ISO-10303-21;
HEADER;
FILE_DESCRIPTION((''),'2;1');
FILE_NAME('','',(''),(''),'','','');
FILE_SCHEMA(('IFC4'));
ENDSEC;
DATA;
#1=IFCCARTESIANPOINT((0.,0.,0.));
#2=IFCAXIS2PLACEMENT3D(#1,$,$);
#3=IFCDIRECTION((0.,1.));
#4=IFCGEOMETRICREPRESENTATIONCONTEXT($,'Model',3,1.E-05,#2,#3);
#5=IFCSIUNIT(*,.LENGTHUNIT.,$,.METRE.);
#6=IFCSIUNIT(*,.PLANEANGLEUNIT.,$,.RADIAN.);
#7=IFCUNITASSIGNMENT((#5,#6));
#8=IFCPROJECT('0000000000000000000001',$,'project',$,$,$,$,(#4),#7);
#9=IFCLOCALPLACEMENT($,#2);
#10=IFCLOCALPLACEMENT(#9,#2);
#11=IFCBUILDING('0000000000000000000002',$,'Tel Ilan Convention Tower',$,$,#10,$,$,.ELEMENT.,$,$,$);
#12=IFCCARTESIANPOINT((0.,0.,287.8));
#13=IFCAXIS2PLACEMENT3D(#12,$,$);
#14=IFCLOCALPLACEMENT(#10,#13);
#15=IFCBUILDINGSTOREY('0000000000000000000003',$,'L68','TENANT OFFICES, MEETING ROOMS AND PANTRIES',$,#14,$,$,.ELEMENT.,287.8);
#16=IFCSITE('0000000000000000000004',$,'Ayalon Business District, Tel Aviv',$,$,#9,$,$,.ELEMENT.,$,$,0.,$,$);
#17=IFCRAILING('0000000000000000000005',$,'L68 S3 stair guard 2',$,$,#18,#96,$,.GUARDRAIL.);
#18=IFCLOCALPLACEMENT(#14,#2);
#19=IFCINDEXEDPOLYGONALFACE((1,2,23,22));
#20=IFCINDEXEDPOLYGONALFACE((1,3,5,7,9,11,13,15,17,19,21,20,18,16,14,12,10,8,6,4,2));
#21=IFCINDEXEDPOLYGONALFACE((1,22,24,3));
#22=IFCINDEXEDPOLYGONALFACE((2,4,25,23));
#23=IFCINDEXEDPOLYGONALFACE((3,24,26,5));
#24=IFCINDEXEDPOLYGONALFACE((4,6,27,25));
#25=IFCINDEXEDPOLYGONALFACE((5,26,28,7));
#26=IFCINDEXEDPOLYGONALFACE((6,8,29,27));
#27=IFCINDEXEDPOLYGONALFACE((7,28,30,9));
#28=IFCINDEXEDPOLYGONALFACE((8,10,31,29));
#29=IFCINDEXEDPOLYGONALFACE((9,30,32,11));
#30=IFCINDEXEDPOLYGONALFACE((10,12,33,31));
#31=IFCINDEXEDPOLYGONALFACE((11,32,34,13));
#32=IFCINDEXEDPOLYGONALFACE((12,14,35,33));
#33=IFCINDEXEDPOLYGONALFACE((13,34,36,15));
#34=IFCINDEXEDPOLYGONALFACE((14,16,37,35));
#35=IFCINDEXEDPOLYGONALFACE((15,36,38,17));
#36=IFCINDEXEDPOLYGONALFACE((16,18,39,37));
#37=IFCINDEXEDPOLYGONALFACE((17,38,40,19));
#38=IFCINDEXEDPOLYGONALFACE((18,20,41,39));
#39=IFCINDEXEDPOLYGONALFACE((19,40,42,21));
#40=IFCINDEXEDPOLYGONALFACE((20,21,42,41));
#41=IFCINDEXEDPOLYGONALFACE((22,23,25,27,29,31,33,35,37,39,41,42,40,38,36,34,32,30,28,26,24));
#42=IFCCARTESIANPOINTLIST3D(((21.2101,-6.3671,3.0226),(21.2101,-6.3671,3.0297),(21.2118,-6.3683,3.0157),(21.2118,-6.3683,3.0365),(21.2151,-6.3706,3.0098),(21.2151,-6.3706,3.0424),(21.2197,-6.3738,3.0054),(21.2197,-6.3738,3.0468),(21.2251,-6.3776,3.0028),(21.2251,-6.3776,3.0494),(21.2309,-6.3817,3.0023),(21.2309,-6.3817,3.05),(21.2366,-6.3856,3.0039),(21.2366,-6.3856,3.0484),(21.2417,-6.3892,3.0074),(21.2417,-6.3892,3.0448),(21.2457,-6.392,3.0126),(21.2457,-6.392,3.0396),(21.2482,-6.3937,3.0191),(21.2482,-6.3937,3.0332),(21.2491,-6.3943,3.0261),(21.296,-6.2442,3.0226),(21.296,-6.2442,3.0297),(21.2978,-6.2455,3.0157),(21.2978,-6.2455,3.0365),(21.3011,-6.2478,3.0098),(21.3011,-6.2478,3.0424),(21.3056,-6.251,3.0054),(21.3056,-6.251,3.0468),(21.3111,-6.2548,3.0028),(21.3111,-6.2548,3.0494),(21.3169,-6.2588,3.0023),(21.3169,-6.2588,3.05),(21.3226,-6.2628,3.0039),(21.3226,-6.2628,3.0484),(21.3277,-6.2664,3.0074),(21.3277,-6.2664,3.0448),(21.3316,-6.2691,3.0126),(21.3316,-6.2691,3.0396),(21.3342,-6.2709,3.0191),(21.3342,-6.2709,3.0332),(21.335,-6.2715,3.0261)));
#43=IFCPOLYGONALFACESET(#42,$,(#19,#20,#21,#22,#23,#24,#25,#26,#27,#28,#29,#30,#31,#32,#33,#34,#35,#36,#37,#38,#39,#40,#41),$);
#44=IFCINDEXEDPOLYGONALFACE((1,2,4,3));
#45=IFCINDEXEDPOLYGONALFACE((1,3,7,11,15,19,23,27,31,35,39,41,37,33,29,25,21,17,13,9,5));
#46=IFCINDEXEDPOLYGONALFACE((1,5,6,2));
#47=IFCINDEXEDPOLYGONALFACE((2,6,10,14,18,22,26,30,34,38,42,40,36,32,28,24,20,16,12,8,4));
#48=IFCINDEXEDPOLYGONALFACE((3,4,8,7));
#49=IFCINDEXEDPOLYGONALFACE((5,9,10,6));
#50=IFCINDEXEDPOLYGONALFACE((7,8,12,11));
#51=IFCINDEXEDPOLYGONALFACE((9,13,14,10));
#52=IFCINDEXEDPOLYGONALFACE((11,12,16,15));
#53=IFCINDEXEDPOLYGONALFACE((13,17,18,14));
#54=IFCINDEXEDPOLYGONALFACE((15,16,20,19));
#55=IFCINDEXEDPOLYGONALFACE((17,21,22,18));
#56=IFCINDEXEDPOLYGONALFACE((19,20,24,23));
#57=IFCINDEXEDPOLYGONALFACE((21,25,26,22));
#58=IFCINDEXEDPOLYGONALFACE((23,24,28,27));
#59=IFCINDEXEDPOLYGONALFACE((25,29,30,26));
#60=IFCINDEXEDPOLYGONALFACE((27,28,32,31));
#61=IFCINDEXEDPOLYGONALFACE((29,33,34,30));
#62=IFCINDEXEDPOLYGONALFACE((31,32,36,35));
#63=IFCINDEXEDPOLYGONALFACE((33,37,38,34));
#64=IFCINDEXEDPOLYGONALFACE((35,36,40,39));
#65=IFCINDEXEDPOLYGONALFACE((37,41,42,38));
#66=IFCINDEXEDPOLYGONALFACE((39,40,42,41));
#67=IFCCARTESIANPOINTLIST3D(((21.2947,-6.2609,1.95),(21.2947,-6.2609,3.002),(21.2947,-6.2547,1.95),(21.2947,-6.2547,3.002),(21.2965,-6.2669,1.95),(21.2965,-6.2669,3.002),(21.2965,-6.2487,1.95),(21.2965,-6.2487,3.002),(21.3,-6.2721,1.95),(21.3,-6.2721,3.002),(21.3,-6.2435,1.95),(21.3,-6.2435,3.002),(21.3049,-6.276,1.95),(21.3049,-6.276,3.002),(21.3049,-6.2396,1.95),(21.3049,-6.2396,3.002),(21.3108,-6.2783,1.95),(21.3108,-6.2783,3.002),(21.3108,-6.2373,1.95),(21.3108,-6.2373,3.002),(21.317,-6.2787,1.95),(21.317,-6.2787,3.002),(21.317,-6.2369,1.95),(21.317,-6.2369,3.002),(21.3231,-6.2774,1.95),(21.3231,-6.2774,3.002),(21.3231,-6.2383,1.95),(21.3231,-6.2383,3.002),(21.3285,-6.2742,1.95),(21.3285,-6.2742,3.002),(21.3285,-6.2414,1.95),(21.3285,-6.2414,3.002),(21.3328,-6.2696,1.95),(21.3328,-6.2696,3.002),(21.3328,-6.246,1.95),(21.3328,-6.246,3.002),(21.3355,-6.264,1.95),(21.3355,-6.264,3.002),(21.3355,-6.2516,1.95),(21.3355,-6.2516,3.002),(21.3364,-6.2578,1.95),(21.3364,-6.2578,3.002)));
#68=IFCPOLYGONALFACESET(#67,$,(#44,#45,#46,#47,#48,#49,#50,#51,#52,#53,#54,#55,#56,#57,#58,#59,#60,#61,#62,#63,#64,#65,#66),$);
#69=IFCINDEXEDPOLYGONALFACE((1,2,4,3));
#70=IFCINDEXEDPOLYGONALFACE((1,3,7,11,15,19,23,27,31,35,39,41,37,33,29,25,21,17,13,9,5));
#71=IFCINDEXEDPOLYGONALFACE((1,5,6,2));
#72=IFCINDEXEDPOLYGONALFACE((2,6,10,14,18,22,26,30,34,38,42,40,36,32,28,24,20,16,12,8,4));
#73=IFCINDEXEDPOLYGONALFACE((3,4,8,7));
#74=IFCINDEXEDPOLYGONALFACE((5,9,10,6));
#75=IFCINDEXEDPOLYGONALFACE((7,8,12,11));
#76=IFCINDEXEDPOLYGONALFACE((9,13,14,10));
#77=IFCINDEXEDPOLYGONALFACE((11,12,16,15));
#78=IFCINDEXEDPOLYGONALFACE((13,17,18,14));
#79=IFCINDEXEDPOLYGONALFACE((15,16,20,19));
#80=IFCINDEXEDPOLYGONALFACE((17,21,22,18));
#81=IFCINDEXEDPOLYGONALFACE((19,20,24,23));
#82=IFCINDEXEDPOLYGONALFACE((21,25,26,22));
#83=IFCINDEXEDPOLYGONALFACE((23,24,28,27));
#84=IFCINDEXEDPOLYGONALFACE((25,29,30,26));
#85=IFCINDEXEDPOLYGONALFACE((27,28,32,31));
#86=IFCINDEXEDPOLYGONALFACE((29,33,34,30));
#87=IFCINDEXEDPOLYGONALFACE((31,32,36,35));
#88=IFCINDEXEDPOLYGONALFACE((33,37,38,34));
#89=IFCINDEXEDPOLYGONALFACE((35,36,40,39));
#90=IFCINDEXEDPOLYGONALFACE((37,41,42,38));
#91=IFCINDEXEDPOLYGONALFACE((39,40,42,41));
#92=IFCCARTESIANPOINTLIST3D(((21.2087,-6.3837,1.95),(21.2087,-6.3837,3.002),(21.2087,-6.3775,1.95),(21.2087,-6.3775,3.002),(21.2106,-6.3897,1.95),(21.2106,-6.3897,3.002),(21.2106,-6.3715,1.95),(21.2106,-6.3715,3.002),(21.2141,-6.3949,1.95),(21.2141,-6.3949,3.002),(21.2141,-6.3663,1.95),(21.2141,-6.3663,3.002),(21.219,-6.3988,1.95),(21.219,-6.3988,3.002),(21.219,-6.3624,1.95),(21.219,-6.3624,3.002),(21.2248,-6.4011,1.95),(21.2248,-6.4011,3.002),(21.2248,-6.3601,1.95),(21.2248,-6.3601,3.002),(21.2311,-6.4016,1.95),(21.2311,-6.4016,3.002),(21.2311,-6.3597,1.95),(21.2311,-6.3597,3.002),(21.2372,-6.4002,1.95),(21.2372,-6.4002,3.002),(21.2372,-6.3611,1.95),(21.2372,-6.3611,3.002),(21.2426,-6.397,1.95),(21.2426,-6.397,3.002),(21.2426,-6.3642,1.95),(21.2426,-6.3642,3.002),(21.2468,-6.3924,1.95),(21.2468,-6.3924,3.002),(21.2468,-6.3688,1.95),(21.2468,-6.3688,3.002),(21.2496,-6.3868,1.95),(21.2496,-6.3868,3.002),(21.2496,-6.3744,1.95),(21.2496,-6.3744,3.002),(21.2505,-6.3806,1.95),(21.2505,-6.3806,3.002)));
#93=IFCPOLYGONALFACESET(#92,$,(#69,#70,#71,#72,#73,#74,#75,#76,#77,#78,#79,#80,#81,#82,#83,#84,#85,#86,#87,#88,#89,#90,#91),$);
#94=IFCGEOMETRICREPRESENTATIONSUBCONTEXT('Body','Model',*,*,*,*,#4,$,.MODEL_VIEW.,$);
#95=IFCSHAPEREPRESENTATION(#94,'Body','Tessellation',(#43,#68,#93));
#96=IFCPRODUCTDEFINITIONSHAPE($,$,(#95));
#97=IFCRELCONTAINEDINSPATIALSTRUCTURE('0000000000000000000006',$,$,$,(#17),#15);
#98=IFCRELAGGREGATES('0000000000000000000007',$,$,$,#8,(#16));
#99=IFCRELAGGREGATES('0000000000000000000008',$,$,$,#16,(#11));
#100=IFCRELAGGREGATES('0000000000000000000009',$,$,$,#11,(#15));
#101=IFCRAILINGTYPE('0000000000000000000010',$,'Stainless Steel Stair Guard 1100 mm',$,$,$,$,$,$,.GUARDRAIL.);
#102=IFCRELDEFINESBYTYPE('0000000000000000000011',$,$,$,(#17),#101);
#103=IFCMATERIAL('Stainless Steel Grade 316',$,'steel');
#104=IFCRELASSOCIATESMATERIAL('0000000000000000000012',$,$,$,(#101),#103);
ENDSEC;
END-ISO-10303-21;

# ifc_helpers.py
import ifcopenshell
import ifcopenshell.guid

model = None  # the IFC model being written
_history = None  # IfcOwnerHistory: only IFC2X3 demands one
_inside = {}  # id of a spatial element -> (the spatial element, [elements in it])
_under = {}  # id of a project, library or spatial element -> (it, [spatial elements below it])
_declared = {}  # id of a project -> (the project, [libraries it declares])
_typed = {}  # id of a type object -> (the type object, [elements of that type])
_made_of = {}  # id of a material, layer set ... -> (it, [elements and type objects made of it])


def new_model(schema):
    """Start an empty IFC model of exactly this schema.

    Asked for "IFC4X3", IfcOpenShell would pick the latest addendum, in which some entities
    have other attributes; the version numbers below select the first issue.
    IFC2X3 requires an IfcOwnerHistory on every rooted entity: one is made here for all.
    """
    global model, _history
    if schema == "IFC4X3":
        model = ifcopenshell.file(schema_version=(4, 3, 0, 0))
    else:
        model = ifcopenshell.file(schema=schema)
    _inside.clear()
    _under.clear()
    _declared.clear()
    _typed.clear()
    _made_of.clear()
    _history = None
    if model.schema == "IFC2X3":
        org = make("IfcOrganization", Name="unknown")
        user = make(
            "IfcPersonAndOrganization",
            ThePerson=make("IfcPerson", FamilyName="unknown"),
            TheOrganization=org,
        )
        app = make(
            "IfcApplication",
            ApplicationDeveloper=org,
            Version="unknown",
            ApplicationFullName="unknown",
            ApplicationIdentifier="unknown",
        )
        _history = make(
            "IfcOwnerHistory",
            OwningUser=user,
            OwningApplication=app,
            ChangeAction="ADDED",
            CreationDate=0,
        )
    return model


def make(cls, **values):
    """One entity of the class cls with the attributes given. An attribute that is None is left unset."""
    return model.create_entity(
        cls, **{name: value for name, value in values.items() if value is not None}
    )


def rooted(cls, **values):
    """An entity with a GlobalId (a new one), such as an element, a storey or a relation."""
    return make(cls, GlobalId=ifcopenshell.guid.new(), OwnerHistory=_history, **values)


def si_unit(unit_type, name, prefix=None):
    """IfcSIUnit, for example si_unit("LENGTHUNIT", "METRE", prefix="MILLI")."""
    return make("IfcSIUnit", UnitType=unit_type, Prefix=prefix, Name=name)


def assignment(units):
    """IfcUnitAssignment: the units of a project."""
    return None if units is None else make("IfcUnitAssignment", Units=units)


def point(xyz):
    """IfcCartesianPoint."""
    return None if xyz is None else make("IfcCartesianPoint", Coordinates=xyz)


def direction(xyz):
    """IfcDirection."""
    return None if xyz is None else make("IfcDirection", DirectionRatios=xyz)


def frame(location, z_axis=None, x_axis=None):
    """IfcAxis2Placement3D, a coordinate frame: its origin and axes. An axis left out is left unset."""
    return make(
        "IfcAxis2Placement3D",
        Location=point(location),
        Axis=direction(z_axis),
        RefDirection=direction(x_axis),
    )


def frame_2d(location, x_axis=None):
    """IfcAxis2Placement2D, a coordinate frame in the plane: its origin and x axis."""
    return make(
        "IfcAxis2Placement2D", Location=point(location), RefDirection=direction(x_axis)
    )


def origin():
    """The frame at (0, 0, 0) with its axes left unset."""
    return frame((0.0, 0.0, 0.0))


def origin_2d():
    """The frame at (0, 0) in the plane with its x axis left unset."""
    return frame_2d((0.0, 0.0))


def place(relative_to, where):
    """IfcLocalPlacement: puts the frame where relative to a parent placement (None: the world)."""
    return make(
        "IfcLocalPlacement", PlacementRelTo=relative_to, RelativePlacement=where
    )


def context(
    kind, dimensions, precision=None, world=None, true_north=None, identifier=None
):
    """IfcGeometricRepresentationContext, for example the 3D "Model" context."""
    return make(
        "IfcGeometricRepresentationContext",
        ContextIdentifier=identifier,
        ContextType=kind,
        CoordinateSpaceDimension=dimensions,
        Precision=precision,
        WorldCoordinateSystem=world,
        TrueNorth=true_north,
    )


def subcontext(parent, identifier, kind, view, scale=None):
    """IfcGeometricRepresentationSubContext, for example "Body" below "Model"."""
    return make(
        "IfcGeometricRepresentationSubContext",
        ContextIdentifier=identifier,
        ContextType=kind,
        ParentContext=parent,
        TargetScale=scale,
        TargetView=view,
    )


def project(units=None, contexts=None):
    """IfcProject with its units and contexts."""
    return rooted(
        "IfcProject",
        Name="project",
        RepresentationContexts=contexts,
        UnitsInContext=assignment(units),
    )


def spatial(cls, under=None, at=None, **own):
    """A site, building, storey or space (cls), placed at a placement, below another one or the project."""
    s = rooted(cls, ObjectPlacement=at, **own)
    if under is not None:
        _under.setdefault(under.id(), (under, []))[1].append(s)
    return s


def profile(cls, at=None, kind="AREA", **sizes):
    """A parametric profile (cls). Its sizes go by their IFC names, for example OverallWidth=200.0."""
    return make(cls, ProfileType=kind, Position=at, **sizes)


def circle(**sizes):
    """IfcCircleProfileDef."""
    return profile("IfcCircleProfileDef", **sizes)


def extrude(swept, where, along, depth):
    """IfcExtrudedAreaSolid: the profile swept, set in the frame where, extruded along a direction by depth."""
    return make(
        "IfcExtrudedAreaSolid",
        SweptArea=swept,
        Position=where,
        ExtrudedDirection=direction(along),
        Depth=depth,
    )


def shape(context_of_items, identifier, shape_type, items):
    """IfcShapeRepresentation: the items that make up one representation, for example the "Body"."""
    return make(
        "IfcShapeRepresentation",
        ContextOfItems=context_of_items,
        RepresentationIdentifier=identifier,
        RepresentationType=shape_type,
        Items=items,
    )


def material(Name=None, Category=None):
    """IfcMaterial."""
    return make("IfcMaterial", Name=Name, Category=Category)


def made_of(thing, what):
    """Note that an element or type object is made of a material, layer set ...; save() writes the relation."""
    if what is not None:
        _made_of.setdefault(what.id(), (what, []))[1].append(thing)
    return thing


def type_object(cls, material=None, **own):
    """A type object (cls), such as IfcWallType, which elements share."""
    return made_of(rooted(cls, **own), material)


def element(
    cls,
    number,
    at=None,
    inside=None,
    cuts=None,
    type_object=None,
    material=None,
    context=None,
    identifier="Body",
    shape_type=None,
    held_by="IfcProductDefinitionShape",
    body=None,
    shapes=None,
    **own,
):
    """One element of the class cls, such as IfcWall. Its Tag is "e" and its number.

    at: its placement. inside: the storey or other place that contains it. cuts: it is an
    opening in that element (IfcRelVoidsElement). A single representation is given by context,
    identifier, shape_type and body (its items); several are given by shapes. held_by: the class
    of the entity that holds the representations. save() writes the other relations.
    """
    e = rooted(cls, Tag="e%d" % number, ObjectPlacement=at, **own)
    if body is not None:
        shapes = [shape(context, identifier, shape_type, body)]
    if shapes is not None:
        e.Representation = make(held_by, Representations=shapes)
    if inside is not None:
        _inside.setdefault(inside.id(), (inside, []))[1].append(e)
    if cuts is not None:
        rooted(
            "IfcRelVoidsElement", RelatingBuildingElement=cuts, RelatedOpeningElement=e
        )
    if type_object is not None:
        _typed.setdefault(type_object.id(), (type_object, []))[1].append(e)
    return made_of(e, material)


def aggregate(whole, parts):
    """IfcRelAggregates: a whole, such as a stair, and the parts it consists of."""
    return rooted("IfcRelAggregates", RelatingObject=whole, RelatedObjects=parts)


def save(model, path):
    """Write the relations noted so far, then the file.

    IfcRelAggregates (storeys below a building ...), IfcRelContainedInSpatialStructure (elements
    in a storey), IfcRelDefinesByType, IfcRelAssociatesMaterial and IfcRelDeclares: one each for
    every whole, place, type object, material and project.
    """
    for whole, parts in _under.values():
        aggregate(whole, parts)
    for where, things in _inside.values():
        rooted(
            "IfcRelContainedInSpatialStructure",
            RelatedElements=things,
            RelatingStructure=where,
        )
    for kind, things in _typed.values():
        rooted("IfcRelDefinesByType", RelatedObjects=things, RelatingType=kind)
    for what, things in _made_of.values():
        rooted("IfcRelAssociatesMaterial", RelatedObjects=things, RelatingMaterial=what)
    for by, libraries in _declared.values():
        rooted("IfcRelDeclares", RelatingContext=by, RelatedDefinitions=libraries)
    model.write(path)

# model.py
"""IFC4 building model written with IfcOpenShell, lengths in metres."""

from ifc_helpers import new_model, si_unit, direction, frame, origin, origin_2d, place, context, subcontext, project, spatial, circle, extrude, material, type_object, element, save


model = new_model("IFC4")

# Units and contexts
model_context = context("Model", 3, precision=1e-05, world=origin(), true_north=direction((0.0, 1.0)))
body_context = subcontext(model_context, "Body", "Model", "MODEL_VIEW")
ifc_project = project(units=[si_unit("LENGTHUNIT", "METRE"), si_unit("PLANEANGLEUNIT", "RADIAN")], contexts=[model_context])

# Site, building, storey
site_placement = place(None, origin())
site = spatial("IfcSite", under=ifc_project, at=site_placement, Name="Ayalon Business District, Tel Aviv", CompositionType="ELEMENT", RefElevation=0.0)
building_placement = place(site_placement, origin())
building = spatial("IfcBuilding", under=site, at=building_placement, Name="Tel Ilan Convention Tower", CompositionType="ELEMENT")
storey_placement = place(building_placement, frame((0.0, 0.0, 287.8)))
storey = spatial("IfcBuildingStorey", under=building, at=storey_placement, Name="L68", Description="TENANT OFFICES, MEETING ROOMS AND PANTRIES", CompositionType="ELEMENT", Elevation=287.8)

# Railing
ifc_material_1 = material(Name="Stainless Steel Grade 316", Category="steel")
railing_type_1 = type_object("IfcRailingType", Name="Stainless Steel Stair Guard 1100 mm", PredefinedType="GUARDRAIL", material=ifc_material_1)
railing_1_placement = place(storey_placement, frame((21.3154, -6.2578, 1.95)))
element("IfcRailing", 1, at=railing_1_placement, inside=storey, type_object=railing_type_1, Name="L68 S3 stair guard 2", PredefinedType="GUARDRAIL", context=body_context, shape_type="SweptSolid", body=[
    extrude(circle(Radius=0.0239, at=origin_2d()), frame((0.0, 0.0, 1.0762), z_axis=(-0.573353, -0.819308, 0.0), x_axis=(0.819308, -0.573353, 0.0)), (0.0, 0.0, 1.0), 0.1499),
    extrude(circle(Radius=0.021, at=origin_2d()), origin(), (0.0, 0.0, 1.0), 1.052),
    extrude(circle(Radius=0.021, at=origin_2d()), frame((-0.0859, -0.1228, 0.0)), (0.0, 0.0, 1.0), 1.052),
])

save(model, "model.ifc")
